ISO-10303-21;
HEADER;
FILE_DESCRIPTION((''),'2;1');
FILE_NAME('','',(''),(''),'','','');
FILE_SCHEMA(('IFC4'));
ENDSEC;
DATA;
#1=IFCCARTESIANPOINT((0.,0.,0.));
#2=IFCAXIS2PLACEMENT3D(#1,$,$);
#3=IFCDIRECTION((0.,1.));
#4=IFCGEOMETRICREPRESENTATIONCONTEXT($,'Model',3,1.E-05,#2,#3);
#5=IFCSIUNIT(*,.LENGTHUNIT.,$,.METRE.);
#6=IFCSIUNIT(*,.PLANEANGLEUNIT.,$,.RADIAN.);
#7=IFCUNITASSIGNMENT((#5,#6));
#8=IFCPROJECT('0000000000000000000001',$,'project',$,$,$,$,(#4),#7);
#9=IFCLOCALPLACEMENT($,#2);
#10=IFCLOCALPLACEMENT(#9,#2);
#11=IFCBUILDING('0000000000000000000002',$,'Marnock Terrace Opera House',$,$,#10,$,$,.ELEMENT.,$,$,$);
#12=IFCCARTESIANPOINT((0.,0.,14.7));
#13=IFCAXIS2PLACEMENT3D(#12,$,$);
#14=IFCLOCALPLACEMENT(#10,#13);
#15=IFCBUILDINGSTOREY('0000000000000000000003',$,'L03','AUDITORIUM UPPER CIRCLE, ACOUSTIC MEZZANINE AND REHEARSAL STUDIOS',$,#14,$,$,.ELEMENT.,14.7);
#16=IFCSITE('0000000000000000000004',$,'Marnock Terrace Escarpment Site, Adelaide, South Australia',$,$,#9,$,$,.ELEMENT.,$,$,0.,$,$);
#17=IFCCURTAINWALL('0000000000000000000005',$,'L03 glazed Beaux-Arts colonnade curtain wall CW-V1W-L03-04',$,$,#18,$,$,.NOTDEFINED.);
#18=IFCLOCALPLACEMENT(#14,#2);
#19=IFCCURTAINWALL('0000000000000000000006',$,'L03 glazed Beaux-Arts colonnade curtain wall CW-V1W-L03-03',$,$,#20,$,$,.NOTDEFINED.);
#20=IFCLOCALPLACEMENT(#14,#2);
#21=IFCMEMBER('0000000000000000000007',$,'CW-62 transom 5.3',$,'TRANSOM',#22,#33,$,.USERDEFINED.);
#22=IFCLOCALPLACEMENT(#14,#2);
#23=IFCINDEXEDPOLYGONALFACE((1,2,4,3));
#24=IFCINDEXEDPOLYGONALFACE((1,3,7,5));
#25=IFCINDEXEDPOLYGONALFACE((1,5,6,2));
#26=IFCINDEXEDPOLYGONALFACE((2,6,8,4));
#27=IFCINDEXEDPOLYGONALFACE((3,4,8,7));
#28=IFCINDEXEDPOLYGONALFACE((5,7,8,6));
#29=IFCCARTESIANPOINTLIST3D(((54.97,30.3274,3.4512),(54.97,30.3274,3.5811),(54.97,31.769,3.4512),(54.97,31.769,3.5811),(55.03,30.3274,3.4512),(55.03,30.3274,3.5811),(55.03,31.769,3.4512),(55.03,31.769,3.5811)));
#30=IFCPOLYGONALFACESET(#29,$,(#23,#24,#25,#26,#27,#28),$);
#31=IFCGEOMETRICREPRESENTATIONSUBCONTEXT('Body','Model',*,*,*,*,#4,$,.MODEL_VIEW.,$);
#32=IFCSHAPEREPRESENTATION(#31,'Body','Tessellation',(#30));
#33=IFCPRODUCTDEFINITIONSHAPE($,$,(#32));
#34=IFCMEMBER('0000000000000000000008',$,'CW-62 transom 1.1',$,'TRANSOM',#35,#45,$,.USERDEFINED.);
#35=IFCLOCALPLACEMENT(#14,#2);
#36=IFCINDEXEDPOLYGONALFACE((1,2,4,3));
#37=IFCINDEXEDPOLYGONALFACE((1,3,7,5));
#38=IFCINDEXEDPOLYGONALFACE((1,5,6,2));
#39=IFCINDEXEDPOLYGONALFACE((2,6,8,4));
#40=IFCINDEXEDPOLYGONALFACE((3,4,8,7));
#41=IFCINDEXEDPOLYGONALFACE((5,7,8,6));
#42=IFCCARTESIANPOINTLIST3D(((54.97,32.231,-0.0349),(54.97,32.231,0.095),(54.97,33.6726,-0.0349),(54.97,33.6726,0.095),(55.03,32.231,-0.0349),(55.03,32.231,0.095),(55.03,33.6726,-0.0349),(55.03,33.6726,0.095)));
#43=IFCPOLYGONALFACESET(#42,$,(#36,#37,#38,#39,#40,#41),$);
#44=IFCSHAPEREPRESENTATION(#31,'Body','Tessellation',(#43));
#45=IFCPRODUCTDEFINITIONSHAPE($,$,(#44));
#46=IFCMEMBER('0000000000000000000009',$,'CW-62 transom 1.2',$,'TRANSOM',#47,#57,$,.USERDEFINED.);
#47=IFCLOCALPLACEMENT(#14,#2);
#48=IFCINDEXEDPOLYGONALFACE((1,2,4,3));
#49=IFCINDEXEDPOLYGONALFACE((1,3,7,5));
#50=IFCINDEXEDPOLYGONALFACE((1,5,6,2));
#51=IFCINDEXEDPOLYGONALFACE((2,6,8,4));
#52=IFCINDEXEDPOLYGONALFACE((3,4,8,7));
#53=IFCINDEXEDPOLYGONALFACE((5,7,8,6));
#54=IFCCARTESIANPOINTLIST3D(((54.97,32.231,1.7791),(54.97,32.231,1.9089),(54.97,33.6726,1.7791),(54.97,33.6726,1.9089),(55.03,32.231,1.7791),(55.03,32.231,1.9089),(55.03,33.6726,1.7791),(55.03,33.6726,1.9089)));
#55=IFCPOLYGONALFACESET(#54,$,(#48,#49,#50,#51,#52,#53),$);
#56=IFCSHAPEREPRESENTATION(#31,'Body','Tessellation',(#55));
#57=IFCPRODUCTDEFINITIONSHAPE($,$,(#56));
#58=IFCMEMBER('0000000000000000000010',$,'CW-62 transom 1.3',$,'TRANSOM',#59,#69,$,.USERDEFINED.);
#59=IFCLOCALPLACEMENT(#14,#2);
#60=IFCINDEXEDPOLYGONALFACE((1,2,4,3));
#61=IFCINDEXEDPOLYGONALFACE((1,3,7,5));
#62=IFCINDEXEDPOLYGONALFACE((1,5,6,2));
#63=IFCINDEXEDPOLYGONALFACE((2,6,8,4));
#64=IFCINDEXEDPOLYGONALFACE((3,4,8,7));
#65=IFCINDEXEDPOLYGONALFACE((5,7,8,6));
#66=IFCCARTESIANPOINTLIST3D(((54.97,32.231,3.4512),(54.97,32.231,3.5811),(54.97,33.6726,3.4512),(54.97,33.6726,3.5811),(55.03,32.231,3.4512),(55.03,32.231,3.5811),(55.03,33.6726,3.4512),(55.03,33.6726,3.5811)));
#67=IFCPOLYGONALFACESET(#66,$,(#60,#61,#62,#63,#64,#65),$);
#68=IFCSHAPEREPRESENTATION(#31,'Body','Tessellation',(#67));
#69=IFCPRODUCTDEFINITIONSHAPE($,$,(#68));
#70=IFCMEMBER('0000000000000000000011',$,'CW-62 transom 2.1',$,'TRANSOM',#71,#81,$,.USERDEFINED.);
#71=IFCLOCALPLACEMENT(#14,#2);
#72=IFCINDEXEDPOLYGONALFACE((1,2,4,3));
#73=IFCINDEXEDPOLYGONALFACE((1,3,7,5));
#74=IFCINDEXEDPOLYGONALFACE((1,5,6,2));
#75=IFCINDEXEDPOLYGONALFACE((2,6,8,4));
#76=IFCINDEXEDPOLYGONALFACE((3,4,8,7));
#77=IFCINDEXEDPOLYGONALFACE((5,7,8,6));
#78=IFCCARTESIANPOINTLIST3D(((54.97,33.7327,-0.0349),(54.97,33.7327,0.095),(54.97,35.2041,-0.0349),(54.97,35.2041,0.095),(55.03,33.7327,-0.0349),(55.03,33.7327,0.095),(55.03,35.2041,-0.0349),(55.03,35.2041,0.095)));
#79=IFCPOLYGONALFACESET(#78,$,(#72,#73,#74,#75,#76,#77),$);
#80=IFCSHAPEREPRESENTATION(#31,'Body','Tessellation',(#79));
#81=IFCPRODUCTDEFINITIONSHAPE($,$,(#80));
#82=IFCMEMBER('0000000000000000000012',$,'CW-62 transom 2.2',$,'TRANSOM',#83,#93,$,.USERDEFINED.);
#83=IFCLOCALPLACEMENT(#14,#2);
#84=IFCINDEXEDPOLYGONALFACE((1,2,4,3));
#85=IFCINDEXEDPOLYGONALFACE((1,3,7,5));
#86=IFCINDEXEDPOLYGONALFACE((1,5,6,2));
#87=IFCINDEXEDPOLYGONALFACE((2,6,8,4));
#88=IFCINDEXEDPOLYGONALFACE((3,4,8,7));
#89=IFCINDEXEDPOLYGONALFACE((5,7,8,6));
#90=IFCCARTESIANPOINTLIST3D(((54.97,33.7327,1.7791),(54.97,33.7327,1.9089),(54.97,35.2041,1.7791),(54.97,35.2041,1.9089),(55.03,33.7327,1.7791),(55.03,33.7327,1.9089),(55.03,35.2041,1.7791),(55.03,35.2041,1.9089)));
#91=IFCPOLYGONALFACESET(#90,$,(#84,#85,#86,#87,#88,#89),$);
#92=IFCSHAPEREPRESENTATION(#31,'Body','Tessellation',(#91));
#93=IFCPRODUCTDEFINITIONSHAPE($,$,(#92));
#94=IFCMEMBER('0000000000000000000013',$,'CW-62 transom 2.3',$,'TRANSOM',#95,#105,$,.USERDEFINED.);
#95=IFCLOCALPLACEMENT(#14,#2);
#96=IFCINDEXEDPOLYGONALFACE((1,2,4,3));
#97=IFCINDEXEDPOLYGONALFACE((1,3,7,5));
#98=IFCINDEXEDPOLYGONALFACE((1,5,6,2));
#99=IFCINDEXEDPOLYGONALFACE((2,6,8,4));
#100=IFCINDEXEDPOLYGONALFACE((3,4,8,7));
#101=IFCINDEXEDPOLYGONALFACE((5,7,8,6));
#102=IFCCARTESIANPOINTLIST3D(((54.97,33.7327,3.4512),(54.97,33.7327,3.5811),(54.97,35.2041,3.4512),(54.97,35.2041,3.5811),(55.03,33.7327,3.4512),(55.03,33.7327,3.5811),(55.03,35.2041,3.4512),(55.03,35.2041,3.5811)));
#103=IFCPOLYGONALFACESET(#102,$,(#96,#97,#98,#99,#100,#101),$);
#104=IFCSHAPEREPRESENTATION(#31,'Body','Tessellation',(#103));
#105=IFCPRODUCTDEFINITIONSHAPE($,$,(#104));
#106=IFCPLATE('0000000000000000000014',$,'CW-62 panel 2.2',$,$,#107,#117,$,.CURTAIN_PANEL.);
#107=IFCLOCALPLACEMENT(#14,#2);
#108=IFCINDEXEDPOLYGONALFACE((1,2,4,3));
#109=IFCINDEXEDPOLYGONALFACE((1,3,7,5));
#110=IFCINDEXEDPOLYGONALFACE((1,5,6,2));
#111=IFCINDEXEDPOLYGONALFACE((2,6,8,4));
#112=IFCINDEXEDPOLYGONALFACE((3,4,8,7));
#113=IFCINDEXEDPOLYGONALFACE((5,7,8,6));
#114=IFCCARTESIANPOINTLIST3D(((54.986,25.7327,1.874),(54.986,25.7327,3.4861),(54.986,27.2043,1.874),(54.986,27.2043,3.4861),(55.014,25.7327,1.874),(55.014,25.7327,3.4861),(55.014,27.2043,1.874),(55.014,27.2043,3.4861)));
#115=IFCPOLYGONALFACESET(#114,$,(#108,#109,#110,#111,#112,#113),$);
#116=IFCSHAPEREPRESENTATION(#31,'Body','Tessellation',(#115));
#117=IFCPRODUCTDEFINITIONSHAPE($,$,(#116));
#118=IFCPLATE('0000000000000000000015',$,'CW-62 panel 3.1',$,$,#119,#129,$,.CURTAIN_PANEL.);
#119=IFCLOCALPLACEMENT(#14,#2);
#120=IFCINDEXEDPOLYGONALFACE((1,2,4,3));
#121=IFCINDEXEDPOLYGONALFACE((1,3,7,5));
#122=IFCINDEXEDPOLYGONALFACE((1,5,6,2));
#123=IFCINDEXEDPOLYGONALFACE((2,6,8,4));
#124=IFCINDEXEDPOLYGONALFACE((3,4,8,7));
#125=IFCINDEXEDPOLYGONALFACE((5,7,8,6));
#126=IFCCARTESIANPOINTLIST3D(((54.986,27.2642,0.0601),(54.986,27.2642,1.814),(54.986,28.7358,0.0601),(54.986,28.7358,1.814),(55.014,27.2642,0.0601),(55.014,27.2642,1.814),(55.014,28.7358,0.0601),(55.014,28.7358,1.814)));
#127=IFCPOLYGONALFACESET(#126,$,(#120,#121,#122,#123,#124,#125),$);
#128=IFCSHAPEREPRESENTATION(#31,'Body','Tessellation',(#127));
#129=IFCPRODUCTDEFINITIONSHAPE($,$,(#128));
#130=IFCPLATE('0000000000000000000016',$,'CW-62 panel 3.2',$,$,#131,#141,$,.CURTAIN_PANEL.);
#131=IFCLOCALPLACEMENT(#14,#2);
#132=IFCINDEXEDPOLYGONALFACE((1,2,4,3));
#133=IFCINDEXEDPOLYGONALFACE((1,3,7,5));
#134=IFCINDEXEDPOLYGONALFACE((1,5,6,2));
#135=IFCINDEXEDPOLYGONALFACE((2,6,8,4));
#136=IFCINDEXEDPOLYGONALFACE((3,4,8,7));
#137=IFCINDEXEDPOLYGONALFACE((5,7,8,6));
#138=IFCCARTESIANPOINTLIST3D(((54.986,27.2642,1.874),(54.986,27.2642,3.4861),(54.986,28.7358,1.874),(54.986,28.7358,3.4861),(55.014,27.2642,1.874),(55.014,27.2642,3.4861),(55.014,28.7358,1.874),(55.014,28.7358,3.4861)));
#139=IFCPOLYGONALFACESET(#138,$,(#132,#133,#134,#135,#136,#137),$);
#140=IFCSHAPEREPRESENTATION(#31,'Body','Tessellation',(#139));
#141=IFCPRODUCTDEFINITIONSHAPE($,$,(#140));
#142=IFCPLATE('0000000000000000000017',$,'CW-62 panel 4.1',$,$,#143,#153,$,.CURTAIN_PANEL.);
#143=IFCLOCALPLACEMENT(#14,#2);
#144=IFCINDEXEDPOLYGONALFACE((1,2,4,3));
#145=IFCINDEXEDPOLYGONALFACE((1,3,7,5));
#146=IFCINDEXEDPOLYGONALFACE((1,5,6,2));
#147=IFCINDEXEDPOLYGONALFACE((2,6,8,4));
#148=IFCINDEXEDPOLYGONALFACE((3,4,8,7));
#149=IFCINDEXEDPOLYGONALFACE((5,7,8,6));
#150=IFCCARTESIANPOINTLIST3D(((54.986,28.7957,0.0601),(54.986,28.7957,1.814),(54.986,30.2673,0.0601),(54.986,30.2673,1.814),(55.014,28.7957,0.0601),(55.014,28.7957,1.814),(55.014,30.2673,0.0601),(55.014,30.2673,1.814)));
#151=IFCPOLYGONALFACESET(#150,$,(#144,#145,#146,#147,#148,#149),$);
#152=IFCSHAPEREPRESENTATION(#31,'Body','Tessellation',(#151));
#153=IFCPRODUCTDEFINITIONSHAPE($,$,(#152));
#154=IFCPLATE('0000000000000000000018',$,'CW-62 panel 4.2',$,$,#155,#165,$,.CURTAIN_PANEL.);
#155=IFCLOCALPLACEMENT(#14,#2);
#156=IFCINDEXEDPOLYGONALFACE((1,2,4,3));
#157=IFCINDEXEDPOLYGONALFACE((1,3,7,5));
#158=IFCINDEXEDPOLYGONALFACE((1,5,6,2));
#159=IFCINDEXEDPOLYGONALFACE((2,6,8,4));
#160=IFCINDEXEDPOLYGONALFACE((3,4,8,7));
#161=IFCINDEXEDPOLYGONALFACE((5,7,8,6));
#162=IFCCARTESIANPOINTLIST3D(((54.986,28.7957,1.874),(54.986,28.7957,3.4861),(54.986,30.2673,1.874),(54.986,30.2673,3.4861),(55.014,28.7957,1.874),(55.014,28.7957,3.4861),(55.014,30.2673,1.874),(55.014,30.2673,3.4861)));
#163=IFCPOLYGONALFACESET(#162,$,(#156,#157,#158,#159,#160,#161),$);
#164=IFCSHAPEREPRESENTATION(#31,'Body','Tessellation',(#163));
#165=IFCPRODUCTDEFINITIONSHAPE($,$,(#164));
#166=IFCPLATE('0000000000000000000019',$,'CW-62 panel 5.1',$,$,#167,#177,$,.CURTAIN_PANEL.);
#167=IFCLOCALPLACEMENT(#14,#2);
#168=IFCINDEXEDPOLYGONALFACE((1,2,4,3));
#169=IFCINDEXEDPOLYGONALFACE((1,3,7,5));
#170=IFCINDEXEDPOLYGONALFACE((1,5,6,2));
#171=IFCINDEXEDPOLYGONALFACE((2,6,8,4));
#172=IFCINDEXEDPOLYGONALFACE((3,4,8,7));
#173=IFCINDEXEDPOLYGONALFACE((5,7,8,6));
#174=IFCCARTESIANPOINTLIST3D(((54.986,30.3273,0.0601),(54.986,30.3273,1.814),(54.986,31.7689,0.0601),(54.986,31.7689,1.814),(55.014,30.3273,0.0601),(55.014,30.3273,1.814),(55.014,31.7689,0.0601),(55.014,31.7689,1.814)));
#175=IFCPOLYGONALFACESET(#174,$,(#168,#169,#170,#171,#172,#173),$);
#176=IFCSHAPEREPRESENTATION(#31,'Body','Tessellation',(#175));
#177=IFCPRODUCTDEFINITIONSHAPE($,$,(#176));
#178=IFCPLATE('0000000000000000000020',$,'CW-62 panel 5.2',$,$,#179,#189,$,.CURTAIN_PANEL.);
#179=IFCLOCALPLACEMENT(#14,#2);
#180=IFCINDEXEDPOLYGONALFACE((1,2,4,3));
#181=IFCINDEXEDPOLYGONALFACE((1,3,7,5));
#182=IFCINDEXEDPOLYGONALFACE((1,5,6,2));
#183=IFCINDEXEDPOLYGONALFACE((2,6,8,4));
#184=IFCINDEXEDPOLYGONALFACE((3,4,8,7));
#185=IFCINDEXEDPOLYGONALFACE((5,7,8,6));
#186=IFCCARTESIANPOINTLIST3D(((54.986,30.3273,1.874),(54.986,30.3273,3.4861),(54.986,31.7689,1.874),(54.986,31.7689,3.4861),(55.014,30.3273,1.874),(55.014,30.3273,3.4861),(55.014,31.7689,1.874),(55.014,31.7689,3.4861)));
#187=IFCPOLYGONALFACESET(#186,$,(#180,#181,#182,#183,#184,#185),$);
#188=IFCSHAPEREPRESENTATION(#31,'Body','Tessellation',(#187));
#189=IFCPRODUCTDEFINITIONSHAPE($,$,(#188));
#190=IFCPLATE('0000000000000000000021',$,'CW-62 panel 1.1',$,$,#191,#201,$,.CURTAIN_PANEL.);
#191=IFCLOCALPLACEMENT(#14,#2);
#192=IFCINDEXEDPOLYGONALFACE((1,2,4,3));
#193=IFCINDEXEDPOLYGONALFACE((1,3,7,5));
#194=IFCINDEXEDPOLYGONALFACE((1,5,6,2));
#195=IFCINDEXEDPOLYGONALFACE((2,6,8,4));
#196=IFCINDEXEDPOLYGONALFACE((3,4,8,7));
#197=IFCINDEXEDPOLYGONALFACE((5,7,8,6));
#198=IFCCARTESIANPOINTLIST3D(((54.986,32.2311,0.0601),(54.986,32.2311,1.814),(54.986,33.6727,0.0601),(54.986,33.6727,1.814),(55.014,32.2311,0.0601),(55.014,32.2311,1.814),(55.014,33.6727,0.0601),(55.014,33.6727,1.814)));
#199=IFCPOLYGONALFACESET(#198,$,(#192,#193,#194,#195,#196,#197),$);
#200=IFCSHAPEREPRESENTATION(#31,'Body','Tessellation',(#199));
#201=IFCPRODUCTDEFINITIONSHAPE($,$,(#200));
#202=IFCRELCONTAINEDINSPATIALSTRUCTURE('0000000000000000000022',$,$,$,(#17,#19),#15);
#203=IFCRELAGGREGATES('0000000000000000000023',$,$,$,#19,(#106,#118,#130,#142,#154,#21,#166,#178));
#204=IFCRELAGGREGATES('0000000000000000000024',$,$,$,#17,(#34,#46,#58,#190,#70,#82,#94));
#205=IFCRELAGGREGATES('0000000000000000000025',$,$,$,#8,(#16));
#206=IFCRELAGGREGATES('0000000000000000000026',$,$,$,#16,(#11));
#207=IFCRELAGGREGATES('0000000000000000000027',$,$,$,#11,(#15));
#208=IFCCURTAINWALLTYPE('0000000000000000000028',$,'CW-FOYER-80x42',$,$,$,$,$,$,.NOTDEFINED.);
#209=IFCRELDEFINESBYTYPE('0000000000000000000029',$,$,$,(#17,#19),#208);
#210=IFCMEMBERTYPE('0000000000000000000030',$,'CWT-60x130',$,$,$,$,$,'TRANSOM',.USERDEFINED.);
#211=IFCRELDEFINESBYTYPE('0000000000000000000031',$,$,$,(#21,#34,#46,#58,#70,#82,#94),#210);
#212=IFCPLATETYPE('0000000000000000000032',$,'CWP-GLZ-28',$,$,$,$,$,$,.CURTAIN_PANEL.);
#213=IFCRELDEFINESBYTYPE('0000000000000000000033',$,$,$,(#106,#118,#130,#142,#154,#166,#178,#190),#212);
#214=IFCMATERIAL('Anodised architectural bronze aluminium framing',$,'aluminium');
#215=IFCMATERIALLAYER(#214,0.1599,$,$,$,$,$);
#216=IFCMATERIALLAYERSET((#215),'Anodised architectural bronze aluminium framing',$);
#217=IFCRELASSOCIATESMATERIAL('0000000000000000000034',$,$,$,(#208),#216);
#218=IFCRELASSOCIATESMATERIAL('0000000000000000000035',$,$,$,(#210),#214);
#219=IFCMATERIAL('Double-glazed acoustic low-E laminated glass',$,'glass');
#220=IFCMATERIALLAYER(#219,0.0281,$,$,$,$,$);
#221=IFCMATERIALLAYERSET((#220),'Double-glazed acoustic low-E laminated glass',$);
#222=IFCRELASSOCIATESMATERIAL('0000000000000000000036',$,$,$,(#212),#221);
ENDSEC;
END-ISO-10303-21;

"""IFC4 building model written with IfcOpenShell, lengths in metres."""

from ifc_helpers import new_model, si_unit, direction, frame, origin, origin_2d, place, context, subcontext, project, spatial, rectangle, extrude, material, layer, layer_set, material_profile, profile_set, type_object, element, aggregate, save


model = new_model("IFC4")

# Units and contexts
model_context = context("Model", 3, precision=1e-05, world=origin(), true_north=direction((0.0, 1.0)))
body_context = subcontext(model_context, "Body", "Model", "MODEL_VIEW")
ifc_project = project(units=[si_unit("LENGTHUNIT", "METRE"), si_unit("PLANEANGLEUNIT", "RADIAN")], contexts=[model_context])

# Site, building, storey
site_placement = place(None, origin())
site = spatial("IfcSite", under=ifc_project, at=site_placement, Name="Marnock Terrace Escarpment Site, Adelaide, South Australia", CompositionType="ELEMENT", RefElevation=0.0)
building_placement = place(site_placement, origin())
building = spatial("IfcBuilding", under=site, at=building_placement, Name="Marnock Terrace Opera House", CompositionType="ELEMENT")
storey_placement = place(building_placement, frame((0.0, 0.0, 14.7)))
storey = spatial("IfcBuildingStorey", under=building, at=storey_placement, Name="L03", Description="AUDITORIUM UPPER CIRCLE, ACOUSTIC MEZZANINE AND REHEARSAL STUDIOS", CompositionType="ELEMENT", Elevation=14.7)

# Curtain walls, member
ifc_material_1 = material(Name="Anodised architectural bronze aluminium framing", Category="aluminium")
ifc_layer_1 = layer(ifc_material_1, 0.1599)
ifc_layer_set_1 = layer_set([ifc_layer_1], Name="Anodised architectural bronze aluminium framing")
curtain_wall_type = type_object("IfcCurtainWallType", Name="CW-FOYER-80x42", PredefinedType="NOTDEFINED", material=ifc_layer_set_1)
curtain_wall_1_placement = place(storey_placement, origin())
curtain_wall_1 = element("IfcCurtainWall", 1, at=curtain_wall_1_placement, inside=storey, type_object=curtain_wall_type, Name="L03 glazed Beaux-Arts colonnade curtain wall CW-V1W-L03-04", PredefinedType="NOTDEFINED")
curtain_wall_2_placement = place(storey_placement, origin())
curtain_wall_2 = element("IfcCurtainWall", 2, at=curtain_wall_2_placement, inside=storey, type_object=curtain_wall_type, Name="L03 glazed Beaux-Arts colonnade curtain wall CW-V1W-L03-03", PredefinedType="NOTDEFINED")
ifc_material_profile_1 = material_profile(ifc_material_1, rectangle(XDim=0.0601, YDim=0.1299, at=origin_2d()))
ifc_profile_set_1 = profile_set([ifc_material_profile_1], Name="Anodised architectural bronze aluminium framing")
member_type_1 = type_object("IfcMemberType", Name="CWT-60x130", ElementType="TRANSOM", PredefinedType="USERDEFINED", material=ifc_profile_set_1)
member_1_placement = place(storey_placement, frame((55.0, 30.3274, 3.5161), z_axis=(0.0, 1.0, 0.0), x_axis=(-1.0, 0.0, 0.0)))
member_1 = element("IfcMember", 3, at=member_1_placement, type_object=member_type_1, Name="CW-62 transom 5.3", ObjectType="TRANSOM", PredefinedType="USERDEFINED", context=body_context, shape_type="SweptSolid", body=[
    extrude(rectangle(XDim=0.0601, YDim=0.1299, at=origin_2d()), origin(), (0.0, 0.0, 1.0), 1.4417),
])

# Members
member_2_placement = place(storey_placement, frame((55.0, 32.231, 0.03), z_axis=(0.0, 1.0, 0.0), x_axis=(-1.0, 0.0, 0.0)))
member_2 = element("IfcMember", 4, at=member_2_placement, type_object=member_type_1, Name="CW-62 transom 1.1", ObjectType="TRANSOM", PredefinedType="USERDEFINED", context=body_context, shape_type="SweptSolid", body=[
    extrude(rectangle(XDim=0.0601, YDim=0.1299, at=origin_2d()), origin(), (0.0, 0.0, 1.0), 1.4417),
])
member_3_placement = place(storey_placement, frame((55.0, 32.231, 1.844), z_axis=(0.0, 1.0, 0.0), x_axis=(-1.0, 0.0, 0.0)))
member_3 = element("IfcMember", 5, at=member_3_placement, type_object=member_type_1, Name="CW-62 transom 1.2", ObjectType="TRANSOM", PredefinedType="USERDEFINED", context=body_context, shape_type="SweptSolid", body=[
    extrude(rectangle(XDim=0.0601, YDim=0.1299, at=origin_2d()), origin(), (0.0, 0.0, 1.0), 1.4417),
])
member_4_placement = place(storey_placement, frame((55.0, 32.231, 3.5161), z_axis=(0.0, 1.0, 0.0), x_axis=(-1.0, 0.0, 0.0)))
member_4 = element("IfcMember", 6, at=member_4_placement, type_object=member_type_1, Name="CW-62 transom 1.3", ObjectType="TRANSOM", PredefinedType="USERDEFINED", context=body_context, shape_type="SweptSolid", body=[
    extrude(rectangle(XDim=0.0601, YDim=0.1299, at=origin_2d()), origin(), (0.0, 0.0, 1.0), 1.4417),
])
member_5_placement = place(storey_placement, frame((55.0, 33.7327, 0.03), z_axis=(0.0, 1.0, 0.0), x_axis=(-1.0, 0.0, 0.0)))
member_5 = element("IfcMember", 7, at=member_5_placement, type_object=member_type_1, Name="CW-62 transom 2.1", ObjectType="TRANSOM", PredefinedType="USERDEFINED", context=body_context, shape_type="SweptSolid", body=[
    extrude(rectangle(XDim=0.0601, YDim=0.1299, at=origin_2d()), origin(), (0.0, 0.0, 1.0), 1.4714),
])
member_6_placement = place(storey_placement, frame((55.0, 33.7327, 1.844), z_axis=(0.0, 1.0, 0.0), x_axis=(-1.0, 0.0, 0.0)))
member_6 = element("IfcMember", 8, at=member_6_placement, type_object=member_type_1, Name="CW-62 transom 2.2", ObjectType="TRANSOM", PredefinedType="USERDEFINED", context=body_context, shape_type="SweptSolid", body=[
    extrude(rectangle(XDim=0.0601, YDim=0.1299, at=origin_2d()), origin(), (0.0, 0.0, 1.0), 1.4714),
])
member_7_placement = place(storey_placement, frame((55.0, 33.7327, 3.5161), z_axis=(0.0, 1.0, 0.0), x_axis=(-1.0, 0.0, 0.0)))
member_7 = element("IfcMember", 9, at=member_7_placement, type_object=member_type_1, Name="CW-62 transom 2.3", ObjectType="TRANSOM", PredefinedType="USERDEFINED", context=body_context, shape_type="SweptSolid", body=[
    extrude(rectangle(XDim=0.0601, YDim=0.1299, at=origin_2d()), origin(), (0.0, 0.0, 1.0), 1.4714),
])

# Plates
ifc_material_2 = material(Name="Double-glazed acoustic low-E laminated glass", Category="glass")
ifc_layer_2 = layer(ifc_material_2, 0.0281)
ifc_layer_set_2 = layer_set([ifc_layer_2], Name="Double-glazed acoustic low-E laminated glass")
plate_type = type_object("IfcPlateType", Name="CWP-GLZ-28", PredefinedType="CURTAIN_PANEL", material=ifc_layer_set_2)
plate_1_placement = place(storey_placement, frame((55.0, 26.4685, 1.874), z_axis=(0.0, 0.0, 1.0), x_axis=(0.0, 1.0, 0.0)))
plate_1 = element("IfcPlate", 10, at=plate_1_placement, type_object=plate_type, Name="CW-62 panel 2.2", PredefinedType="CURTAIN_PANEL", context=body_context, shape_type="SweptSolid", body=[
    extrude(rectangle(XDim=1.4717, YDim=0.0281, at=origin_2d()), origin(), (0.0, 0.0, 1.0), 1.6121),
])
plate_2_placement = place(storey_placement, frame((55.0, 28.0, 0.0601), z_axis=(0.0, 0.0, 1.0), x_axis=(0.0, 1.0, 0.0)))
plate_2 = element("IfcPlate", 11, at=plate_2_placement, type_object=plate_type, Name="CW-62 panel 3.1", PredefinedType="CURTAIN_PANEL", context=body_context, shape_type="SweptSolid", body=[
    extrude(rectangle(XDim=1.4717, YDim=0.0281, at=origin_2d()), origin(), (0.0, 0.0, 1.0), 1.7539),
])
plate_3_placement = place(storey_placement, frame((55.0, 28.0, 1.874), z_axis=(0.0, 0.0, 1.0), x_axis=(0.0, 1.0, 0.0)))
plate_3 = element("IfcPlate", 12, at=plate_3_placement, type_object=plate_type, Name="CW-62 panel 3.2", PredefinedType="CURTAIN_PANEL", context=body_context, shape_type="SweptSolid", body=[
    extrude(rectangle(XDim=1.4717, YDim=0.0281, at=origin_2d()), origin(), (0.0, 0.0, 1.0), 1.6121),
])
plate_4_placement = place(storey_placement, frame((55.0, 29.5315, 0.0601), z_axis=(0.0, 0.0, 1.0), x_axis=(0.0, 1.0, 0.0)))
plate_4 = element("IfcPlate", 13, at=plate_4_placement, type_object=plate_type, Name="CW-62 panel 4.1", PredefinedType="CURTAIN_PANEL", context=body_context, shape_type="SweptSolid", body=[
    extrude(rectangle(XDim=1.4717, YDim=0.0281, at=origin_2d()), origin(), (0.0, 0.0, 1.0), 1.7539),
])
plate_5_placement = place(storey_placement, frame((55.0, 29.5315, 1.874), z_axis=(0.0, 0.0, 1.0), x_axis=(0.0, 1.0, 0.0)))
plate_5 = element("IfcPlate", 14, at=plate_5_placement, type_object=plate_type, Name="CW-62 panel 4.2", PredefinedType="CURTAIN_PANEL", context=body_context, shape_type="SweptSolid", body=[
    extrude(rectangle(XDim=1.4717, YDim=0.0281, at=origin_2d()), origin(), (0.0, 0.0, 1.0), 1.6121),
])
plate_6_placement = place(storey_placement, frame((55.0, 31.0481, 0.0601), z_axis=(0.0, 0.0, 1.0), x_axis=(0.0, 1.0, 0.0)))
plate_6 = element("IfcPlate", 15, at=plate_6_placement, type_object=plate_type, Name="CW-62 panel 5.1", PredefinedType="CURTAIN_PANEL", context=body_context, shape_type="SweptSolid", body=[
    extrude(rectangle(XDim=1.4417, YDim=0.0281, at=origin_2d()), origin(), (0.0, 0.0, 1.0), 1.7539),
])
plate_7_placement = place(storey_placement, frame((55.0, 31.0481, 1.874), z_axis=(0.0, 0.0, 1.0), x_axis=(0.0, 1.0, 0.0)))
plate_7 = element("IfcPlate", 16, at=plate_7_placement, type_object=plate_type, Name="CW-62 panel 5.2", PredefinedType="CURTAIN_PANEL", context=body_context, shape_type="SweptSolid", body=[
    extrude(rectangle(XDim=1.4417, YDim=0.0281, at=origin_2d()), origin(), (0.0, 0.0, 1.0), 1.6121),
])
aggregate(curtain_wall_2, [plate_1, plate_2, plate_3, plate_4, plate_5, member_1, plate_6, plate_7])
plate_8_placement = place(storey_placement, frame((55.0, 32.9519, 0.0601), z_axis=(0.0, 0.0, 1.0), x_axis=(0.0, 1.0, 0.0)))
plate_8 = element("IfcPlate", 17, at=plate_8_placement, type_object=plate_type, Name="CW-62 panel 1.1", PredefinedType="CURTAIN_PANEL", context=body_context, shape_type="SweptSolid", body=[
    extrude(rectangle(XDim=1.4417, YDim=0.0281, at=origin_2d()), origin(), (0.0, 0.0, 1.0), 1.7539),
])
aggregate(curtain_wall_1, [member_2, member_3, member_4, plate_8, member_5, member_6, member_7])

save(model, "model.ifc")
